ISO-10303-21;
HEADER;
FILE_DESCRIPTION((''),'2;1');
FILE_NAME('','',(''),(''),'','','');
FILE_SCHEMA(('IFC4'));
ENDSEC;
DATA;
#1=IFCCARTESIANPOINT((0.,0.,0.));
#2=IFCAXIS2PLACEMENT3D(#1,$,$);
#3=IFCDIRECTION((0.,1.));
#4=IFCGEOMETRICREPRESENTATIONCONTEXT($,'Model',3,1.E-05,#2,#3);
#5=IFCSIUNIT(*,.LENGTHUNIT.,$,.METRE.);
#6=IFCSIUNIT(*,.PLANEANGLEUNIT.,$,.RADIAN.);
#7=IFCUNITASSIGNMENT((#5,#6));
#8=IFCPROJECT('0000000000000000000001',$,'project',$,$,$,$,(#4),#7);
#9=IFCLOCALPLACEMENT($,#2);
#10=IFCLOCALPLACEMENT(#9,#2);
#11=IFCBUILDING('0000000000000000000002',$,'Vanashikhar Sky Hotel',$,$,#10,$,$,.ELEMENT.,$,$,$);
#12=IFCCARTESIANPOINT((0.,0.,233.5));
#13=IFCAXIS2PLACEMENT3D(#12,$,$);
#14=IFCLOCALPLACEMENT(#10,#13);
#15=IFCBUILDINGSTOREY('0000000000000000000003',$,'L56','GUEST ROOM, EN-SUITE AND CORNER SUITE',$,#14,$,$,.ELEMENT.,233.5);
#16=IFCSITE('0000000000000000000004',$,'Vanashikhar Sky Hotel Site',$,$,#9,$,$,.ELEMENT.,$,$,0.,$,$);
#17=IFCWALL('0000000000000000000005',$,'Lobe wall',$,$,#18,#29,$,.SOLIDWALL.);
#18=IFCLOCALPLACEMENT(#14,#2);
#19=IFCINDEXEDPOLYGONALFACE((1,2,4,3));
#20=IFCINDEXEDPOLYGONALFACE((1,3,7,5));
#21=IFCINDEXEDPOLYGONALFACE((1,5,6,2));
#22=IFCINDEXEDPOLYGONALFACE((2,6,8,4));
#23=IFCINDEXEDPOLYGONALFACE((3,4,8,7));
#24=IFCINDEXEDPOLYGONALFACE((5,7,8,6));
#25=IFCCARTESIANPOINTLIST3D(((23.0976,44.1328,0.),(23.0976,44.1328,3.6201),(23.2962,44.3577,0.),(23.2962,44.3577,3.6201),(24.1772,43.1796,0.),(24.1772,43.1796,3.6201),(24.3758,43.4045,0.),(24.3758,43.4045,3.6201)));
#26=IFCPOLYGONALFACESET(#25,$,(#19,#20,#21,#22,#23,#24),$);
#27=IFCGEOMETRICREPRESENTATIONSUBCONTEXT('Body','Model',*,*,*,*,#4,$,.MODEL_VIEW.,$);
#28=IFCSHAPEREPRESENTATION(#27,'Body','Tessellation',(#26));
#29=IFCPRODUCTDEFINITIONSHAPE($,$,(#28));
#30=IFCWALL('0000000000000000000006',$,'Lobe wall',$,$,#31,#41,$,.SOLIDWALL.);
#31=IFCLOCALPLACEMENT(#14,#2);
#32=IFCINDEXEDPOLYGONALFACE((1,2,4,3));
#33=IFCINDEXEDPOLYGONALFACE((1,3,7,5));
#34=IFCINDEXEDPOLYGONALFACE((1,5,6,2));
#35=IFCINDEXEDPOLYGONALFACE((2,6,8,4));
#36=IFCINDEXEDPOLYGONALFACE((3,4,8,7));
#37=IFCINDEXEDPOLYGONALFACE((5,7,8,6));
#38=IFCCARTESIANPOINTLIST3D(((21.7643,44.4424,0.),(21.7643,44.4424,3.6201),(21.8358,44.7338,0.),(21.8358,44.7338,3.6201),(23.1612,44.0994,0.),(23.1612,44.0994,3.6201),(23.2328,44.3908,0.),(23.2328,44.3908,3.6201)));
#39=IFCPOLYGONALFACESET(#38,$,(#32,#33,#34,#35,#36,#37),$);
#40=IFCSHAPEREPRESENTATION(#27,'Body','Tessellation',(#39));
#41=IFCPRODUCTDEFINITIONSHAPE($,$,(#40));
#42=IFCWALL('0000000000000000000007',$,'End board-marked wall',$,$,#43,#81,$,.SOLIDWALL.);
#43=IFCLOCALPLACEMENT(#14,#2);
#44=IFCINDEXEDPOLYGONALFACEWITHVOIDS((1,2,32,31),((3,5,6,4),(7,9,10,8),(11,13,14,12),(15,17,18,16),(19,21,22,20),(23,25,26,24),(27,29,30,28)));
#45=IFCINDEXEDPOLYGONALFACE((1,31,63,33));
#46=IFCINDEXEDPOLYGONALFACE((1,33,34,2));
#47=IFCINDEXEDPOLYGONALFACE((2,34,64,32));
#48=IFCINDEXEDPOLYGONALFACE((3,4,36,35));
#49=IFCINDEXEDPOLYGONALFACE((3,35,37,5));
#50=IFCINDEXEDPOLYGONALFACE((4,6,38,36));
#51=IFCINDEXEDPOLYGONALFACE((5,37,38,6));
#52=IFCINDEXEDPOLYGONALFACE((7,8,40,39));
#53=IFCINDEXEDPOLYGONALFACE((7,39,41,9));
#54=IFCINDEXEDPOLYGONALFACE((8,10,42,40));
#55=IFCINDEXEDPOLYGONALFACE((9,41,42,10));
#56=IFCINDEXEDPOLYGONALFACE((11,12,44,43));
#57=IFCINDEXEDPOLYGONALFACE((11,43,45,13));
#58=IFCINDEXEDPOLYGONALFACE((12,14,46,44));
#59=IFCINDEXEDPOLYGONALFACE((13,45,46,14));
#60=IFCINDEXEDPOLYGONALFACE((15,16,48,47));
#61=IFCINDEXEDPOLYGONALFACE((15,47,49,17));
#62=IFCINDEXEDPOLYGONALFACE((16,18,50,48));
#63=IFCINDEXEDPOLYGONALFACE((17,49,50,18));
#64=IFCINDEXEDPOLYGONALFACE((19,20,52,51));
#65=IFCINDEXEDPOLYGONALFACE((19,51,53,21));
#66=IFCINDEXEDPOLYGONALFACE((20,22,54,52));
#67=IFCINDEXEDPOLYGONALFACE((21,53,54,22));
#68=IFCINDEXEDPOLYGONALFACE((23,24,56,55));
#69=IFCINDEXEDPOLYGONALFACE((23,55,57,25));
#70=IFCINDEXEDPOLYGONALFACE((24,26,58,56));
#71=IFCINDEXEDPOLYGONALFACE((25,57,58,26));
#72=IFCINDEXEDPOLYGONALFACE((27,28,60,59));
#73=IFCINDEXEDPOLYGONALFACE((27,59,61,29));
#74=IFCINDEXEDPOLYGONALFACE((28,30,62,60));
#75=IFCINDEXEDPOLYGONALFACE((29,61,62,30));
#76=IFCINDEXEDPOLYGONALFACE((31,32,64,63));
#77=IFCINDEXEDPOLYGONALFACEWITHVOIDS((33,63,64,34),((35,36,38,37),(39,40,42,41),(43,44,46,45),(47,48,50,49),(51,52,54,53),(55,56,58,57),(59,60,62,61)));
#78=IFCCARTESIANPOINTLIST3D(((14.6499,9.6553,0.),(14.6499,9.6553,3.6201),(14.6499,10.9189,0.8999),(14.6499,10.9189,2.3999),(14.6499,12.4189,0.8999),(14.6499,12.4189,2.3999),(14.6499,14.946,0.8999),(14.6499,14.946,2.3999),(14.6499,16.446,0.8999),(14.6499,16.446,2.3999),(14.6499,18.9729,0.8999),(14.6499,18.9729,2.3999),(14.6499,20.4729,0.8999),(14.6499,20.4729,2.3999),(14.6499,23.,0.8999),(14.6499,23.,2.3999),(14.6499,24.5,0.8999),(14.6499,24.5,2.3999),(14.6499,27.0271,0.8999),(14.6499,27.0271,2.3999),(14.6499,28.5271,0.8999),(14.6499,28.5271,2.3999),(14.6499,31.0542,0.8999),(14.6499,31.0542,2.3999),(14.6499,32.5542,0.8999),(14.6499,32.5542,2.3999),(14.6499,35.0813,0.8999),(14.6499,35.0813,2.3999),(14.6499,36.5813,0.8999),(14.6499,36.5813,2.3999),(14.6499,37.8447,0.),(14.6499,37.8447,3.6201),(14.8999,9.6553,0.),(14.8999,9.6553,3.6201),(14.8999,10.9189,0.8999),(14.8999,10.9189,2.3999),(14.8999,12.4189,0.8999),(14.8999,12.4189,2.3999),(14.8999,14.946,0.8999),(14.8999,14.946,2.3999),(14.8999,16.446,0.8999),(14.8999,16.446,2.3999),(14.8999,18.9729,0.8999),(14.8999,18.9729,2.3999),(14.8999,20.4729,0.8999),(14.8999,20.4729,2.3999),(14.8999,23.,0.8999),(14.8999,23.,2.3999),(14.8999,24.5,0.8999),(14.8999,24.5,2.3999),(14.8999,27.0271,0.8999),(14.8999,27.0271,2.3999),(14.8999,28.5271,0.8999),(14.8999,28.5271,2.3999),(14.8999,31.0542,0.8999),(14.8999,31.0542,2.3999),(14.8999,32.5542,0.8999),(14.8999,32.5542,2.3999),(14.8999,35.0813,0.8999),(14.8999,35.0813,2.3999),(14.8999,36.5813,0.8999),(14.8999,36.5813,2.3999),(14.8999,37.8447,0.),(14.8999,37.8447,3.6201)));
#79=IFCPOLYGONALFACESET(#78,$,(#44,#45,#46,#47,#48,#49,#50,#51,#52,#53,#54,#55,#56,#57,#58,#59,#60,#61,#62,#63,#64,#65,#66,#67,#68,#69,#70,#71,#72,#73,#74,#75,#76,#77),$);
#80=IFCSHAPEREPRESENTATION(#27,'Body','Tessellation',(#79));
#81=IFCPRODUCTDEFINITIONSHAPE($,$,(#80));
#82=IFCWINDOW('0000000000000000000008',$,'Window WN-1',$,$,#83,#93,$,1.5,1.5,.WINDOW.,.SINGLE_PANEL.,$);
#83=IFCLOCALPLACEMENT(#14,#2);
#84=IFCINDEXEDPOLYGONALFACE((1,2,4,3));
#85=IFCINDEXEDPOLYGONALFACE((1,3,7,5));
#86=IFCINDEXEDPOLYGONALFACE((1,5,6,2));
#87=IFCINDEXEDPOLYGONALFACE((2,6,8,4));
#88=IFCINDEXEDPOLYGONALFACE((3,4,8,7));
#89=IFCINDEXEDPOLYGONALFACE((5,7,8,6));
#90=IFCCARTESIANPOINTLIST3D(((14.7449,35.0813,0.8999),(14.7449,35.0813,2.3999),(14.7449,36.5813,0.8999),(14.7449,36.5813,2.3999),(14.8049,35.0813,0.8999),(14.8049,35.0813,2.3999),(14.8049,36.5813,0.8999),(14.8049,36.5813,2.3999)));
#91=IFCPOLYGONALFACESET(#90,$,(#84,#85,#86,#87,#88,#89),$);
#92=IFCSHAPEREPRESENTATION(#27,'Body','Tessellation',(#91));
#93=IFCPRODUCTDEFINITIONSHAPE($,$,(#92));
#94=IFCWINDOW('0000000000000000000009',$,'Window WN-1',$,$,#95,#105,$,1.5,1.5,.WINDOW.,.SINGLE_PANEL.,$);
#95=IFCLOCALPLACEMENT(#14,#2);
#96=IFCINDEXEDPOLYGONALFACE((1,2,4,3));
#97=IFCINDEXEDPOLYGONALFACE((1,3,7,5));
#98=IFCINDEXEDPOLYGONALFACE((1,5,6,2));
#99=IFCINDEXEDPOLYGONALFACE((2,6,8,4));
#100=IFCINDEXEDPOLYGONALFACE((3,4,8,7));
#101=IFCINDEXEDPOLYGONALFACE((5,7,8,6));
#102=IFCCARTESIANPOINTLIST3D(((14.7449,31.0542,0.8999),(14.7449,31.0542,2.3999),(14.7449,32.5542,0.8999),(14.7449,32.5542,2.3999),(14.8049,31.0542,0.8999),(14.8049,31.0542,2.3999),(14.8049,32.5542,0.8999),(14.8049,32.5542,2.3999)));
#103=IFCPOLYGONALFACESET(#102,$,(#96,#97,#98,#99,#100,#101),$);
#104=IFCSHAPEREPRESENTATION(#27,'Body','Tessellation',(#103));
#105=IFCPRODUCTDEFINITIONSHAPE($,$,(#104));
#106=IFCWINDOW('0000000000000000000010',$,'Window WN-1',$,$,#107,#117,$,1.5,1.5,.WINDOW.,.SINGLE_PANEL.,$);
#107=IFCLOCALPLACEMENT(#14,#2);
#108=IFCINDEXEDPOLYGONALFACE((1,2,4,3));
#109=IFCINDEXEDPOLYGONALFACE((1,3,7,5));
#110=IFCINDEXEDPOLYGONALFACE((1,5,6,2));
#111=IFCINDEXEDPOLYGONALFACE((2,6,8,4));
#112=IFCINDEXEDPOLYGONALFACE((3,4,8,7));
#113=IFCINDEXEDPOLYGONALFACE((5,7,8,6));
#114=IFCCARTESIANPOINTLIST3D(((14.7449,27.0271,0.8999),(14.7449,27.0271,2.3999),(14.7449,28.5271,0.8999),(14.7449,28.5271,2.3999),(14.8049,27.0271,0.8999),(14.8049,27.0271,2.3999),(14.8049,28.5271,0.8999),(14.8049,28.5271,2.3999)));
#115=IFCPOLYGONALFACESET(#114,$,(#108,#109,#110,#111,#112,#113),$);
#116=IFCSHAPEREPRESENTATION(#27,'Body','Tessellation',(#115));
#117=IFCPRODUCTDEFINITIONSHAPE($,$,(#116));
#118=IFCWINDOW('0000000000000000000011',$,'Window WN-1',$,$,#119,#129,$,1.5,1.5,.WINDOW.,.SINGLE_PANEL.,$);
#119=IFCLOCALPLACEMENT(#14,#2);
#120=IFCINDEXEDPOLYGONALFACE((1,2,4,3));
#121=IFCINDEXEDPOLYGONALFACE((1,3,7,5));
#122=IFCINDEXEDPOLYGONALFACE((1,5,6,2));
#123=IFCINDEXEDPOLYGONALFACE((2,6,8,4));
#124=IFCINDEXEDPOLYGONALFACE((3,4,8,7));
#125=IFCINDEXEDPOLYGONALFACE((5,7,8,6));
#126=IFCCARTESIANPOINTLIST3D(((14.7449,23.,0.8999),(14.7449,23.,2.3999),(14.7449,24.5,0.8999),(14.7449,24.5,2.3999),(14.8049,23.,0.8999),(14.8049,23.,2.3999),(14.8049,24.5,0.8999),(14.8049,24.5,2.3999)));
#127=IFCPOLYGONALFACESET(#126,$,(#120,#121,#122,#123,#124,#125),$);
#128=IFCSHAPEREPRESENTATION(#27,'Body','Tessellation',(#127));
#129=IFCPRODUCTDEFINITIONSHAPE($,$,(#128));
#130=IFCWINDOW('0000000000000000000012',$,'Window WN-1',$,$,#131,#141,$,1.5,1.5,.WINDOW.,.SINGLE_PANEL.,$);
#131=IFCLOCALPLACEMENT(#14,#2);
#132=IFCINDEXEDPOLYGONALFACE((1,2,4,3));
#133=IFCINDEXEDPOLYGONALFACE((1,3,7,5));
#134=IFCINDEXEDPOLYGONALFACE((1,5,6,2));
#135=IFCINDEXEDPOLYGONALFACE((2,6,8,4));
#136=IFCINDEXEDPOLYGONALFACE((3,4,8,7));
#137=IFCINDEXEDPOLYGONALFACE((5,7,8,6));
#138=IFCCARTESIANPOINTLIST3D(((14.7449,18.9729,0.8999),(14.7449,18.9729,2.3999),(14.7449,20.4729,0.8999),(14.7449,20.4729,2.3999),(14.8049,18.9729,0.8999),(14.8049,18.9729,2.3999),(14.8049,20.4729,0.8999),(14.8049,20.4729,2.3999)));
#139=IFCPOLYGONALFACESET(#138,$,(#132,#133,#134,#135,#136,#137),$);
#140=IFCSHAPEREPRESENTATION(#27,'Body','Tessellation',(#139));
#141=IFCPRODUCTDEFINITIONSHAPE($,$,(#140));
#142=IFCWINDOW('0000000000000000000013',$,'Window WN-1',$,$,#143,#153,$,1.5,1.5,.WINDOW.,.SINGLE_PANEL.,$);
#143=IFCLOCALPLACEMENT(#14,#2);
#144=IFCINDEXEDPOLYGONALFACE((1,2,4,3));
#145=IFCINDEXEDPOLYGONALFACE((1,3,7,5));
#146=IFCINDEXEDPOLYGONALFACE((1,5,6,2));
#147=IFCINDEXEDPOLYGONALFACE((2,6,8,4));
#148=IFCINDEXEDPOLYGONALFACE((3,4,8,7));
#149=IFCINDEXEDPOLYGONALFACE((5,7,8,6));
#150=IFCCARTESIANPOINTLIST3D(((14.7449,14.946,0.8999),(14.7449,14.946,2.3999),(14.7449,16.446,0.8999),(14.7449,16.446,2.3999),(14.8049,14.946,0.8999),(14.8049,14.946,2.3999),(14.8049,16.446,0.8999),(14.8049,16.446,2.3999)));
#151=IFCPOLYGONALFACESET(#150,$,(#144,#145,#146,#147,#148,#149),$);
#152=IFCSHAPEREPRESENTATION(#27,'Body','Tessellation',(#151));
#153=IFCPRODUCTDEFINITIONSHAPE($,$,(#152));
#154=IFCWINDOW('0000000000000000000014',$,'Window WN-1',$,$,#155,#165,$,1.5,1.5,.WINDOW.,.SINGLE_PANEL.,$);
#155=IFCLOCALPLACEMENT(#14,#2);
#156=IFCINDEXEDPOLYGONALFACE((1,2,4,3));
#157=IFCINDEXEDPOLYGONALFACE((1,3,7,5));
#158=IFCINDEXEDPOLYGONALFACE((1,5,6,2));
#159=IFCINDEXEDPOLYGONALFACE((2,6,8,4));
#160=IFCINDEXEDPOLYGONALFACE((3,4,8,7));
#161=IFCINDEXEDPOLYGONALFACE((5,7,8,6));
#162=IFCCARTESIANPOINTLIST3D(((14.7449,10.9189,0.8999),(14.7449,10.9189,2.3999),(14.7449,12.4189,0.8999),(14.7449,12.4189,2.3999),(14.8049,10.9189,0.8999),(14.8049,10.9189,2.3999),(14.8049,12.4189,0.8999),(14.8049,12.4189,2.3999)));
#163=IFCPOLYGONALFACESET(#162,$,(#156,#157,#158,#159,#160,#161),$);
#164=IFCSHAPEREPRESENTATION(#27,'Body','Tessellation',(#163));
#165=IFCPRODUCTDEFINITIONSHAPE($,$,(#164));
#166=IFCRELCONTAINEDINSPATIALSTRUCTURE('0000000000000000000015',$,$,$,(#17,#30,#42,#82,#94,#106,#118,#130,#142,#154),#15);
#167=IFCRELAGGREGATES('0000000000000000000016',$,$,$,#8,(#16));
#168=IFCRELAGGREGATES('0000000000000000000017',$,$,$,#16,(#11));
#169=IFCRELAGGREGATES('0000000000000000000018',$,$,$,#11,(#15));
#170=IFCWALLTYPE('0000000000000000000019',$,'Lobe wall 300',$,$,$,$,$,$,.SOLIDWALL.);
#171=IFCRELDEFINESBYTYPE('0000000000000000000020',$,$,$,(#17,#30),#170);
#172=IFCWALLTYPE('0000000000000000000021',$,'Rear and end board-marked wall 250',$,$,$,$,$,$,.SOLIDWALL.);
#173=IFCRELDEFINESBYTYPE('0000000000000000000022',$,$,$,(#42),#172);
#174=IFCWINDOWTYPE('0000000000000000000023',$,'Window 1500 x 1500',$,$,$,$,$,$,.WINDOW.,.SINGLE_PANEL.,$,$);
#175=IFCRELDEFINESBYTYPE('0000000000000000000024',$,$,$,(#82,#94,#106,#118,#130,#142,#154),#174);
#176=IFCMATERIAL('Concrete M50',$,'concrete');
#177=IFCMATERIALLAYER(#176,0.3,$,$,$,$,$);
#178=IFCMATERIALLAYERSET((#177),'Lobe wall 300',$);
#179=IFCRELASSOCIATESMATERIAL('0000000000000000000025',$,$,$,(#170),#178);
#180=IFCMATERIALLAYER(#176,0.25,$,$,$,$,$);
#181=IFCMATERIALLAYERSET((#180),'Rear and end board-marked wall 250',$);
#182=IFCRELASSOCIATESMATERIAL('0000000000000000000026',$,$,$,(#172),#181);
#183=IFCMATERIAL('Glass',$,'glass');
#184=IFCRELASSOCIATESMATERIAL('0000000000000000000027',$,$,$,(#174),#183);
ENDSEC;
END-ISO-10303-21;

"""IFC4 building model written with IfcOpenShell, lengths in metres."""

from ifc_helpers import new_model, si_unit, direction, frame, frame_2d, origin, place, context, subcontext, project, spatial, rectangle, extrude, source, transform, mapped, material, layer, layer_set, type_object, element, fill, save


model = new_model("IFC4")

# Units and contexts
model_context = context("Model", 3, precision=1e-05, world=origin(), true_north=direction((0.0, 1.0)))
body_context = subcontext(model_context, "Body", "Model", "MODEL_VIEW")
ifc_project = project(units=[si_unit("LENGTHUNIT", "METRE"), si_unit("PLANEANGLEUNIT", "RADIAN")], contexts=[model_context])

# Site, building, storey
site_placement = place(None, origin())
site = spatial("IfcSite", under=ifc_project, at=site_placement, Name="Vanashikhar Sky Hotel Site", CompositionType="ELEMENT", RefElevation=0.0)
building_placement = place(site_placement, origin())
building = spatial("IfcBuilding", under=site, at=building_placement, Name="Vanashikhar Sky Hotel", CompositionType="ELEMENT")
storey_placement = place(building_placement, frame((0.0, 0.0, 233.5)))
storey = spatial("IfcBuildingStorey", under=building, at=storey_placement, Name="L56", Description="GUEST ROOM, EN-SUITE AND CORNER SUITE", CompositionType="ELEMENT", Elevation=233.5)

# Shared definitions
ifc_material_1 = material(Name="Concrete M50", Category="concrete")
ifc_layer_1 = layer(ifc_material_1, 0.3)
ifc_layer_set_1 = layer_set([ifc_layer_1], Name="Lobe wall 300")
wall_type_1 = type_object("IfcWallType", Name="Lobe wall 300", PredefinedType="SOLIDWALL", material=ifc_layer_set_1)
ifc_material_2 = material(Name="Glass", Category="glass")

# Walls
shared_shape_1 = source(origin(), body_context, "Body", "SweptSolid", [
    extrude(rectangle(XDim=1.4402, YDim=0.3, at=frame_2d((0.7202, 0.0))), origin(), (0.0, 0.0, 1.0), 3.6201),
])
wall_1_placement = place(storey_placement, frame((24.2766, 43.292, 0.0), z_axis=(0.0, 0.0, 1.0), x_axis=(-0.74965, 0.661835, 0.0)))
element("IfcWall", 1, at=wall_1_placement, inside=storey, type_object=wall_type_1, Name="Lobe wall", PredefinedType="SOLIDWALL", context=body_context, shape_type="MappedRepresentation", body=[
    mapped(shared_shape_1, transform((0.0, 0.0, 0.0), scale=1.0)),
])
shared_shape_2 = source(origin(), body_context, "Body", "SweptSolid", [
    extrude(rectangle(XDim=1.4385, YDim=0.3, at=frame_2d((0.7192, 0.0))), origin(), (0.0, 0.0, 1.0), 3.6201),
])
wall_2_placement = place(storey_placement, frame((23.197, 44.2451, 0.0), z_axis=(0.0, 0.0, 1.0), x_axis=(-0.971152, 0.23846, 0.0)))
element("IfcWall", 2, at=wall_2_placement, inside=storey, type_object=wall_type_1, Name="Lobe wall", PredefinedType="SOLIDWALL", context=body_context, shape_type="MappedRepresentation", body=[
    mapped(shared_shape_2, transform((0.0, 0.0, 0.0), scale=1.0)),
])

# Wall, openings, windows
ifc_layer_2 = layer(ifc_material_1, 0.25)
ifc_layer_set_2 = layer_set([ifc_layer_2], Name="Rear and end board-marked wall 250")
wall_type_2 = type_object("IfcWallType", Name="Rear and end board-marked wall 250", PredefinedType="SOLIDWALL", material=ifc_layer_set_2)
shared_shape_3 = source(origin(), body_context, "Body", "SweptSolid", [
    extrude(rectangle(XDim=28.1895, YDim=0.25, at=frame_2d((14.0947, 0.0))), origin(), (0.0, 0.0, 1.0), 3.6201),
])
wall_3_placement = place(storey_placement, frame((14.7749, 37.8447, 0.0), z_axis=(0.0, 0.0, 1.0), x_axis=(0.0, -1.0, 0.0)))
wall_3 = element("IfcWall", 3, at=wall_3_placement, inside=storey, type_object=wall_type_2, Name="End board-marked wall", PredefinedType="SOLIDWALL", context=body_context, shape_type="MappedRepresentation", body=[
    mapped(shared_shape_3, transform((0.0, 0.0, 0.0), scale=1.0)),
])
shared_shape_4 = source(origin(), body_context, "Body", "SweptSolid", [
    extrude(rectangle(XDim=1.5, YDim=1.5, at=frame_2d((0.75, 0.75))), frame((0.0, 0.135, 0.0), z_axis=(0.0, -1.0, 0.0), x_axis=(1.0, 0.0, 0.0)), (0.0, 0.0, 1.0), 0.27),
])
opening_1_placement = place(wall_3_placement, frame((1.2634, 0.0, 0.8999)))
opening_1 = element("IfcOpeningElement", 4, at=opening_1_placement, cuts=wall_3, PredefinedType="OPENING", context=body_context, shape_type="MappedRepresentation", body=[
    mapped(shared_shape_4, transform((0.0, 0.0, 0.0), scale=1.0)),
])
opening_2_placement = place(wall_3_placement, frame((5.2905, 0.0, 0.8999)))
opening_2 = element("IfcOpeningElement", 5, at=opening_2_placement, cuts=wall_3, PredefinedType="OPENING", context=body_context, shape_type="MappedRepresentation", body=[
    mapped(shared_shape_4, transform((0.0, 0.0, 0.0), scale=1.0)),
])
opening_3_placement = place(wall_3_placement, frame((9.3176, 0.0, 0.8999)))
opening_3 = element("IfcOpeningElement", 6, at=opening_3_placement, cuts=wall_3, PredefinedType="OPENING", context=body_context, shape_type="MappedRepresentation", body=[
    mapped(shared_shape_4, transform((0.0, 0.0, 0.0), scale=1.0)),
])
opening_4_placement = place(wall_3_placement, frame((13.3447, 0.0, 0.8999)))
opening_4 = element("IfcOpeningElement", 7, at=opening_4_placement, cuts=wall_3, PredefinedType="OPENING", context=body_context, shape_type="MappedRepresentation", body=[
    mapped(shared_shape_4, transform((0.0, 0.0, 0.0), scale=1.0)),
])
opening_5_placement = place(wall_3_placement, frame((17.3718, 0.0, 0.8999)))
opening_5 = element("IfcOpeningElement", 8, at=opening_5_placement, cuts=wall_3, PredefinedType="OPENING", context=body_context, shape_type="MappedRepresentation", body=[
    mapped(shared_shape_4, transform((0.0, 0.0, 0.0), scale=1.0)),
])
opening_6_placement = place(wall_3_placement, frame((21.3987, 0.0, 0.8999)))
opening_6 = element("IfcOpeningElement", 9, at=opening_6_placement, cuts=wall_3, PredefinedType="OPENING", context=body_context, shape_type="MappedRepresentation", body=[
    mapped(shared_shape_4, transform((0.0, 0.0, 0.0), scale=1.0)),
])
opening_7_placement = place(wall_3_placement, frame((25.4258, 0.0, 0.8999)))
opening_7 = element("IfcOpeningElement", 10, at=opening_7_placement, cuts=wall_3, PredefinedType="OPENING", context=body_context, shape_type="MappedRepresentation", body=[
    mapped(shared_shape_4, transform((0.0, 0.0, 0.0), scale=1.0)),
])
window_type_1 = type_object("IfcWindowType", Name="Window 1500 x 1500", PartitioningType="SINGLE_PANEL", PredefinedType="WINDOW", material=ifc_material_2)
shared_shape_5 = source(origin(), body_context, "Body", "SweptSolid", [
    extrude(rectangle(XDim=1.5, YDim=1.5, at=frame_2d((0.75, 0.75))), frame((0.0, 0.03, 0.0), z_axis=(0.0, -1.0, 0.0), x_axis=(1.0, 0.0, 0.0)), (0.0, 0.0, 1.0), 0.0601),
])
window_1_placement = place(opening_1_placement, origin())
window_1 = element("IfcWindow", 11, at=window_1_placement, inside=storey, type_object=window_type_1, Name="Window WN-1", OverallHeight=1.5, OverallWidth=1.5, PartitioningType="SINGLE_PANEL", PredefinedType="WINDOW", context=body_context, shape_type="MappedRepresentation", body=[
    mapped(shared_shape_5, transform((0.0, 0.0, 0.0), scale=1.0)),
])
fill(opening_1, window_1)
window_2_placement = place(opening_2_placement, origin())
window_2 = element("IfcWindow", 12, at=window_2_placement, inside=storey, type_object=window_type_1, Name="Window WN-1", OverallHeight=1.5, OverallWidth=1.5, PartitioningType="SINGLE_PANEL", PredefinedType="WINDOW", context=body_context, shape_type="MappedRepresentation", body=[
    mapped(shared_shape_5, transform((0.0, 0.0, 0.0), scale=1.0)),
])
fill(opening_2, window_2)
window_3_placement = place(opening_3_placement, origin())
window_3 = element("IfcWindow", 13, at=window_3_placement, inside=storey, type_object=window_type_1, Name="Window WN-1", OverallHeight=1.5, OverallWidth=1.5, PartitioningType="SINGLE_PANEL", PredefinedType="WINDOW", context=body_context, shape_type="MappedRepresentation", body=[
    mapped(shared_shape_5, transform((0.0, 0.0, 0.0), scale=1.0)),
])
fill(opening_3, window_3)
window_4_placement = place(opening_4_placement, origin())
window_4 = element("IfcWindow", 14, at=window_4_placement, inside=storey, type_object=window_type_1, Name="Window WN-1", OverallHeight=1.5, OverallWidth=1.5, PartitioningType="SINGLE_PANEL", PredefinedType="WINDOW", context=body_context, shape_type="MappedRepresentation", body=[
    mapped(shared_shape_5, transform((0.0, 0.0, 0.0), scale=1.0)),
])
fill(opening_4, window_4)
window_5_placement = place(opening_5_placement, origin())
window_5 = element("IfcWindow", 15, at=window_5_placement, inside=storey, type_object=window_type_1, Name="Window WN-1", OverallHeight=1.5, OverallWidth=1.5, PartitioningType="SINGLE_PANEL", PredefinedType="WINDOW", context=body_context, shape_type="MappedRepresentation", body=[
    mapped(shared_shape_5, transform((0.0, 0.0, 0.0), scale=1.0)),
])
fill(opening_5, window_5)
window_6_placement = place(opening_6_placement, origin())
window_6 = element("IfcWindow", 16, at=window_6_placement, inside=storey, type_object=window_type_1, Name="Window WN-1", OverallHeight=1.5, OverallWidth=1.5, PartitioningType="SINGLE_PANEL", PredefinedType="WINDOW", context=body_context, shape_type="MappedRepresentation", body=[
    mapped(shared_shape_5, transform((0.0, 0.0, 0.0), scale=1.0)),
])
fill(opening_6, window_6)
window_7_placement = place(opening_7_placement, origin())
window_7 = element("IfcWindow", 17, at=window_7_placement, inside=storey, type_object=window_type_1, Name="Window WN-1", OverallHeight=1.5, OverallWidth=1.5, PartitioningType="SINGLE_PANEL", PredefinedType="WINDOW", context=body_context, shape_type="MappedRepresentation", body=[
    mapped(shared_shape_5, transform((0.0, 0.0, 0.0), scale=1.0)),
])
fill(opening_7, window_7)

save(model, "model.ifc")
